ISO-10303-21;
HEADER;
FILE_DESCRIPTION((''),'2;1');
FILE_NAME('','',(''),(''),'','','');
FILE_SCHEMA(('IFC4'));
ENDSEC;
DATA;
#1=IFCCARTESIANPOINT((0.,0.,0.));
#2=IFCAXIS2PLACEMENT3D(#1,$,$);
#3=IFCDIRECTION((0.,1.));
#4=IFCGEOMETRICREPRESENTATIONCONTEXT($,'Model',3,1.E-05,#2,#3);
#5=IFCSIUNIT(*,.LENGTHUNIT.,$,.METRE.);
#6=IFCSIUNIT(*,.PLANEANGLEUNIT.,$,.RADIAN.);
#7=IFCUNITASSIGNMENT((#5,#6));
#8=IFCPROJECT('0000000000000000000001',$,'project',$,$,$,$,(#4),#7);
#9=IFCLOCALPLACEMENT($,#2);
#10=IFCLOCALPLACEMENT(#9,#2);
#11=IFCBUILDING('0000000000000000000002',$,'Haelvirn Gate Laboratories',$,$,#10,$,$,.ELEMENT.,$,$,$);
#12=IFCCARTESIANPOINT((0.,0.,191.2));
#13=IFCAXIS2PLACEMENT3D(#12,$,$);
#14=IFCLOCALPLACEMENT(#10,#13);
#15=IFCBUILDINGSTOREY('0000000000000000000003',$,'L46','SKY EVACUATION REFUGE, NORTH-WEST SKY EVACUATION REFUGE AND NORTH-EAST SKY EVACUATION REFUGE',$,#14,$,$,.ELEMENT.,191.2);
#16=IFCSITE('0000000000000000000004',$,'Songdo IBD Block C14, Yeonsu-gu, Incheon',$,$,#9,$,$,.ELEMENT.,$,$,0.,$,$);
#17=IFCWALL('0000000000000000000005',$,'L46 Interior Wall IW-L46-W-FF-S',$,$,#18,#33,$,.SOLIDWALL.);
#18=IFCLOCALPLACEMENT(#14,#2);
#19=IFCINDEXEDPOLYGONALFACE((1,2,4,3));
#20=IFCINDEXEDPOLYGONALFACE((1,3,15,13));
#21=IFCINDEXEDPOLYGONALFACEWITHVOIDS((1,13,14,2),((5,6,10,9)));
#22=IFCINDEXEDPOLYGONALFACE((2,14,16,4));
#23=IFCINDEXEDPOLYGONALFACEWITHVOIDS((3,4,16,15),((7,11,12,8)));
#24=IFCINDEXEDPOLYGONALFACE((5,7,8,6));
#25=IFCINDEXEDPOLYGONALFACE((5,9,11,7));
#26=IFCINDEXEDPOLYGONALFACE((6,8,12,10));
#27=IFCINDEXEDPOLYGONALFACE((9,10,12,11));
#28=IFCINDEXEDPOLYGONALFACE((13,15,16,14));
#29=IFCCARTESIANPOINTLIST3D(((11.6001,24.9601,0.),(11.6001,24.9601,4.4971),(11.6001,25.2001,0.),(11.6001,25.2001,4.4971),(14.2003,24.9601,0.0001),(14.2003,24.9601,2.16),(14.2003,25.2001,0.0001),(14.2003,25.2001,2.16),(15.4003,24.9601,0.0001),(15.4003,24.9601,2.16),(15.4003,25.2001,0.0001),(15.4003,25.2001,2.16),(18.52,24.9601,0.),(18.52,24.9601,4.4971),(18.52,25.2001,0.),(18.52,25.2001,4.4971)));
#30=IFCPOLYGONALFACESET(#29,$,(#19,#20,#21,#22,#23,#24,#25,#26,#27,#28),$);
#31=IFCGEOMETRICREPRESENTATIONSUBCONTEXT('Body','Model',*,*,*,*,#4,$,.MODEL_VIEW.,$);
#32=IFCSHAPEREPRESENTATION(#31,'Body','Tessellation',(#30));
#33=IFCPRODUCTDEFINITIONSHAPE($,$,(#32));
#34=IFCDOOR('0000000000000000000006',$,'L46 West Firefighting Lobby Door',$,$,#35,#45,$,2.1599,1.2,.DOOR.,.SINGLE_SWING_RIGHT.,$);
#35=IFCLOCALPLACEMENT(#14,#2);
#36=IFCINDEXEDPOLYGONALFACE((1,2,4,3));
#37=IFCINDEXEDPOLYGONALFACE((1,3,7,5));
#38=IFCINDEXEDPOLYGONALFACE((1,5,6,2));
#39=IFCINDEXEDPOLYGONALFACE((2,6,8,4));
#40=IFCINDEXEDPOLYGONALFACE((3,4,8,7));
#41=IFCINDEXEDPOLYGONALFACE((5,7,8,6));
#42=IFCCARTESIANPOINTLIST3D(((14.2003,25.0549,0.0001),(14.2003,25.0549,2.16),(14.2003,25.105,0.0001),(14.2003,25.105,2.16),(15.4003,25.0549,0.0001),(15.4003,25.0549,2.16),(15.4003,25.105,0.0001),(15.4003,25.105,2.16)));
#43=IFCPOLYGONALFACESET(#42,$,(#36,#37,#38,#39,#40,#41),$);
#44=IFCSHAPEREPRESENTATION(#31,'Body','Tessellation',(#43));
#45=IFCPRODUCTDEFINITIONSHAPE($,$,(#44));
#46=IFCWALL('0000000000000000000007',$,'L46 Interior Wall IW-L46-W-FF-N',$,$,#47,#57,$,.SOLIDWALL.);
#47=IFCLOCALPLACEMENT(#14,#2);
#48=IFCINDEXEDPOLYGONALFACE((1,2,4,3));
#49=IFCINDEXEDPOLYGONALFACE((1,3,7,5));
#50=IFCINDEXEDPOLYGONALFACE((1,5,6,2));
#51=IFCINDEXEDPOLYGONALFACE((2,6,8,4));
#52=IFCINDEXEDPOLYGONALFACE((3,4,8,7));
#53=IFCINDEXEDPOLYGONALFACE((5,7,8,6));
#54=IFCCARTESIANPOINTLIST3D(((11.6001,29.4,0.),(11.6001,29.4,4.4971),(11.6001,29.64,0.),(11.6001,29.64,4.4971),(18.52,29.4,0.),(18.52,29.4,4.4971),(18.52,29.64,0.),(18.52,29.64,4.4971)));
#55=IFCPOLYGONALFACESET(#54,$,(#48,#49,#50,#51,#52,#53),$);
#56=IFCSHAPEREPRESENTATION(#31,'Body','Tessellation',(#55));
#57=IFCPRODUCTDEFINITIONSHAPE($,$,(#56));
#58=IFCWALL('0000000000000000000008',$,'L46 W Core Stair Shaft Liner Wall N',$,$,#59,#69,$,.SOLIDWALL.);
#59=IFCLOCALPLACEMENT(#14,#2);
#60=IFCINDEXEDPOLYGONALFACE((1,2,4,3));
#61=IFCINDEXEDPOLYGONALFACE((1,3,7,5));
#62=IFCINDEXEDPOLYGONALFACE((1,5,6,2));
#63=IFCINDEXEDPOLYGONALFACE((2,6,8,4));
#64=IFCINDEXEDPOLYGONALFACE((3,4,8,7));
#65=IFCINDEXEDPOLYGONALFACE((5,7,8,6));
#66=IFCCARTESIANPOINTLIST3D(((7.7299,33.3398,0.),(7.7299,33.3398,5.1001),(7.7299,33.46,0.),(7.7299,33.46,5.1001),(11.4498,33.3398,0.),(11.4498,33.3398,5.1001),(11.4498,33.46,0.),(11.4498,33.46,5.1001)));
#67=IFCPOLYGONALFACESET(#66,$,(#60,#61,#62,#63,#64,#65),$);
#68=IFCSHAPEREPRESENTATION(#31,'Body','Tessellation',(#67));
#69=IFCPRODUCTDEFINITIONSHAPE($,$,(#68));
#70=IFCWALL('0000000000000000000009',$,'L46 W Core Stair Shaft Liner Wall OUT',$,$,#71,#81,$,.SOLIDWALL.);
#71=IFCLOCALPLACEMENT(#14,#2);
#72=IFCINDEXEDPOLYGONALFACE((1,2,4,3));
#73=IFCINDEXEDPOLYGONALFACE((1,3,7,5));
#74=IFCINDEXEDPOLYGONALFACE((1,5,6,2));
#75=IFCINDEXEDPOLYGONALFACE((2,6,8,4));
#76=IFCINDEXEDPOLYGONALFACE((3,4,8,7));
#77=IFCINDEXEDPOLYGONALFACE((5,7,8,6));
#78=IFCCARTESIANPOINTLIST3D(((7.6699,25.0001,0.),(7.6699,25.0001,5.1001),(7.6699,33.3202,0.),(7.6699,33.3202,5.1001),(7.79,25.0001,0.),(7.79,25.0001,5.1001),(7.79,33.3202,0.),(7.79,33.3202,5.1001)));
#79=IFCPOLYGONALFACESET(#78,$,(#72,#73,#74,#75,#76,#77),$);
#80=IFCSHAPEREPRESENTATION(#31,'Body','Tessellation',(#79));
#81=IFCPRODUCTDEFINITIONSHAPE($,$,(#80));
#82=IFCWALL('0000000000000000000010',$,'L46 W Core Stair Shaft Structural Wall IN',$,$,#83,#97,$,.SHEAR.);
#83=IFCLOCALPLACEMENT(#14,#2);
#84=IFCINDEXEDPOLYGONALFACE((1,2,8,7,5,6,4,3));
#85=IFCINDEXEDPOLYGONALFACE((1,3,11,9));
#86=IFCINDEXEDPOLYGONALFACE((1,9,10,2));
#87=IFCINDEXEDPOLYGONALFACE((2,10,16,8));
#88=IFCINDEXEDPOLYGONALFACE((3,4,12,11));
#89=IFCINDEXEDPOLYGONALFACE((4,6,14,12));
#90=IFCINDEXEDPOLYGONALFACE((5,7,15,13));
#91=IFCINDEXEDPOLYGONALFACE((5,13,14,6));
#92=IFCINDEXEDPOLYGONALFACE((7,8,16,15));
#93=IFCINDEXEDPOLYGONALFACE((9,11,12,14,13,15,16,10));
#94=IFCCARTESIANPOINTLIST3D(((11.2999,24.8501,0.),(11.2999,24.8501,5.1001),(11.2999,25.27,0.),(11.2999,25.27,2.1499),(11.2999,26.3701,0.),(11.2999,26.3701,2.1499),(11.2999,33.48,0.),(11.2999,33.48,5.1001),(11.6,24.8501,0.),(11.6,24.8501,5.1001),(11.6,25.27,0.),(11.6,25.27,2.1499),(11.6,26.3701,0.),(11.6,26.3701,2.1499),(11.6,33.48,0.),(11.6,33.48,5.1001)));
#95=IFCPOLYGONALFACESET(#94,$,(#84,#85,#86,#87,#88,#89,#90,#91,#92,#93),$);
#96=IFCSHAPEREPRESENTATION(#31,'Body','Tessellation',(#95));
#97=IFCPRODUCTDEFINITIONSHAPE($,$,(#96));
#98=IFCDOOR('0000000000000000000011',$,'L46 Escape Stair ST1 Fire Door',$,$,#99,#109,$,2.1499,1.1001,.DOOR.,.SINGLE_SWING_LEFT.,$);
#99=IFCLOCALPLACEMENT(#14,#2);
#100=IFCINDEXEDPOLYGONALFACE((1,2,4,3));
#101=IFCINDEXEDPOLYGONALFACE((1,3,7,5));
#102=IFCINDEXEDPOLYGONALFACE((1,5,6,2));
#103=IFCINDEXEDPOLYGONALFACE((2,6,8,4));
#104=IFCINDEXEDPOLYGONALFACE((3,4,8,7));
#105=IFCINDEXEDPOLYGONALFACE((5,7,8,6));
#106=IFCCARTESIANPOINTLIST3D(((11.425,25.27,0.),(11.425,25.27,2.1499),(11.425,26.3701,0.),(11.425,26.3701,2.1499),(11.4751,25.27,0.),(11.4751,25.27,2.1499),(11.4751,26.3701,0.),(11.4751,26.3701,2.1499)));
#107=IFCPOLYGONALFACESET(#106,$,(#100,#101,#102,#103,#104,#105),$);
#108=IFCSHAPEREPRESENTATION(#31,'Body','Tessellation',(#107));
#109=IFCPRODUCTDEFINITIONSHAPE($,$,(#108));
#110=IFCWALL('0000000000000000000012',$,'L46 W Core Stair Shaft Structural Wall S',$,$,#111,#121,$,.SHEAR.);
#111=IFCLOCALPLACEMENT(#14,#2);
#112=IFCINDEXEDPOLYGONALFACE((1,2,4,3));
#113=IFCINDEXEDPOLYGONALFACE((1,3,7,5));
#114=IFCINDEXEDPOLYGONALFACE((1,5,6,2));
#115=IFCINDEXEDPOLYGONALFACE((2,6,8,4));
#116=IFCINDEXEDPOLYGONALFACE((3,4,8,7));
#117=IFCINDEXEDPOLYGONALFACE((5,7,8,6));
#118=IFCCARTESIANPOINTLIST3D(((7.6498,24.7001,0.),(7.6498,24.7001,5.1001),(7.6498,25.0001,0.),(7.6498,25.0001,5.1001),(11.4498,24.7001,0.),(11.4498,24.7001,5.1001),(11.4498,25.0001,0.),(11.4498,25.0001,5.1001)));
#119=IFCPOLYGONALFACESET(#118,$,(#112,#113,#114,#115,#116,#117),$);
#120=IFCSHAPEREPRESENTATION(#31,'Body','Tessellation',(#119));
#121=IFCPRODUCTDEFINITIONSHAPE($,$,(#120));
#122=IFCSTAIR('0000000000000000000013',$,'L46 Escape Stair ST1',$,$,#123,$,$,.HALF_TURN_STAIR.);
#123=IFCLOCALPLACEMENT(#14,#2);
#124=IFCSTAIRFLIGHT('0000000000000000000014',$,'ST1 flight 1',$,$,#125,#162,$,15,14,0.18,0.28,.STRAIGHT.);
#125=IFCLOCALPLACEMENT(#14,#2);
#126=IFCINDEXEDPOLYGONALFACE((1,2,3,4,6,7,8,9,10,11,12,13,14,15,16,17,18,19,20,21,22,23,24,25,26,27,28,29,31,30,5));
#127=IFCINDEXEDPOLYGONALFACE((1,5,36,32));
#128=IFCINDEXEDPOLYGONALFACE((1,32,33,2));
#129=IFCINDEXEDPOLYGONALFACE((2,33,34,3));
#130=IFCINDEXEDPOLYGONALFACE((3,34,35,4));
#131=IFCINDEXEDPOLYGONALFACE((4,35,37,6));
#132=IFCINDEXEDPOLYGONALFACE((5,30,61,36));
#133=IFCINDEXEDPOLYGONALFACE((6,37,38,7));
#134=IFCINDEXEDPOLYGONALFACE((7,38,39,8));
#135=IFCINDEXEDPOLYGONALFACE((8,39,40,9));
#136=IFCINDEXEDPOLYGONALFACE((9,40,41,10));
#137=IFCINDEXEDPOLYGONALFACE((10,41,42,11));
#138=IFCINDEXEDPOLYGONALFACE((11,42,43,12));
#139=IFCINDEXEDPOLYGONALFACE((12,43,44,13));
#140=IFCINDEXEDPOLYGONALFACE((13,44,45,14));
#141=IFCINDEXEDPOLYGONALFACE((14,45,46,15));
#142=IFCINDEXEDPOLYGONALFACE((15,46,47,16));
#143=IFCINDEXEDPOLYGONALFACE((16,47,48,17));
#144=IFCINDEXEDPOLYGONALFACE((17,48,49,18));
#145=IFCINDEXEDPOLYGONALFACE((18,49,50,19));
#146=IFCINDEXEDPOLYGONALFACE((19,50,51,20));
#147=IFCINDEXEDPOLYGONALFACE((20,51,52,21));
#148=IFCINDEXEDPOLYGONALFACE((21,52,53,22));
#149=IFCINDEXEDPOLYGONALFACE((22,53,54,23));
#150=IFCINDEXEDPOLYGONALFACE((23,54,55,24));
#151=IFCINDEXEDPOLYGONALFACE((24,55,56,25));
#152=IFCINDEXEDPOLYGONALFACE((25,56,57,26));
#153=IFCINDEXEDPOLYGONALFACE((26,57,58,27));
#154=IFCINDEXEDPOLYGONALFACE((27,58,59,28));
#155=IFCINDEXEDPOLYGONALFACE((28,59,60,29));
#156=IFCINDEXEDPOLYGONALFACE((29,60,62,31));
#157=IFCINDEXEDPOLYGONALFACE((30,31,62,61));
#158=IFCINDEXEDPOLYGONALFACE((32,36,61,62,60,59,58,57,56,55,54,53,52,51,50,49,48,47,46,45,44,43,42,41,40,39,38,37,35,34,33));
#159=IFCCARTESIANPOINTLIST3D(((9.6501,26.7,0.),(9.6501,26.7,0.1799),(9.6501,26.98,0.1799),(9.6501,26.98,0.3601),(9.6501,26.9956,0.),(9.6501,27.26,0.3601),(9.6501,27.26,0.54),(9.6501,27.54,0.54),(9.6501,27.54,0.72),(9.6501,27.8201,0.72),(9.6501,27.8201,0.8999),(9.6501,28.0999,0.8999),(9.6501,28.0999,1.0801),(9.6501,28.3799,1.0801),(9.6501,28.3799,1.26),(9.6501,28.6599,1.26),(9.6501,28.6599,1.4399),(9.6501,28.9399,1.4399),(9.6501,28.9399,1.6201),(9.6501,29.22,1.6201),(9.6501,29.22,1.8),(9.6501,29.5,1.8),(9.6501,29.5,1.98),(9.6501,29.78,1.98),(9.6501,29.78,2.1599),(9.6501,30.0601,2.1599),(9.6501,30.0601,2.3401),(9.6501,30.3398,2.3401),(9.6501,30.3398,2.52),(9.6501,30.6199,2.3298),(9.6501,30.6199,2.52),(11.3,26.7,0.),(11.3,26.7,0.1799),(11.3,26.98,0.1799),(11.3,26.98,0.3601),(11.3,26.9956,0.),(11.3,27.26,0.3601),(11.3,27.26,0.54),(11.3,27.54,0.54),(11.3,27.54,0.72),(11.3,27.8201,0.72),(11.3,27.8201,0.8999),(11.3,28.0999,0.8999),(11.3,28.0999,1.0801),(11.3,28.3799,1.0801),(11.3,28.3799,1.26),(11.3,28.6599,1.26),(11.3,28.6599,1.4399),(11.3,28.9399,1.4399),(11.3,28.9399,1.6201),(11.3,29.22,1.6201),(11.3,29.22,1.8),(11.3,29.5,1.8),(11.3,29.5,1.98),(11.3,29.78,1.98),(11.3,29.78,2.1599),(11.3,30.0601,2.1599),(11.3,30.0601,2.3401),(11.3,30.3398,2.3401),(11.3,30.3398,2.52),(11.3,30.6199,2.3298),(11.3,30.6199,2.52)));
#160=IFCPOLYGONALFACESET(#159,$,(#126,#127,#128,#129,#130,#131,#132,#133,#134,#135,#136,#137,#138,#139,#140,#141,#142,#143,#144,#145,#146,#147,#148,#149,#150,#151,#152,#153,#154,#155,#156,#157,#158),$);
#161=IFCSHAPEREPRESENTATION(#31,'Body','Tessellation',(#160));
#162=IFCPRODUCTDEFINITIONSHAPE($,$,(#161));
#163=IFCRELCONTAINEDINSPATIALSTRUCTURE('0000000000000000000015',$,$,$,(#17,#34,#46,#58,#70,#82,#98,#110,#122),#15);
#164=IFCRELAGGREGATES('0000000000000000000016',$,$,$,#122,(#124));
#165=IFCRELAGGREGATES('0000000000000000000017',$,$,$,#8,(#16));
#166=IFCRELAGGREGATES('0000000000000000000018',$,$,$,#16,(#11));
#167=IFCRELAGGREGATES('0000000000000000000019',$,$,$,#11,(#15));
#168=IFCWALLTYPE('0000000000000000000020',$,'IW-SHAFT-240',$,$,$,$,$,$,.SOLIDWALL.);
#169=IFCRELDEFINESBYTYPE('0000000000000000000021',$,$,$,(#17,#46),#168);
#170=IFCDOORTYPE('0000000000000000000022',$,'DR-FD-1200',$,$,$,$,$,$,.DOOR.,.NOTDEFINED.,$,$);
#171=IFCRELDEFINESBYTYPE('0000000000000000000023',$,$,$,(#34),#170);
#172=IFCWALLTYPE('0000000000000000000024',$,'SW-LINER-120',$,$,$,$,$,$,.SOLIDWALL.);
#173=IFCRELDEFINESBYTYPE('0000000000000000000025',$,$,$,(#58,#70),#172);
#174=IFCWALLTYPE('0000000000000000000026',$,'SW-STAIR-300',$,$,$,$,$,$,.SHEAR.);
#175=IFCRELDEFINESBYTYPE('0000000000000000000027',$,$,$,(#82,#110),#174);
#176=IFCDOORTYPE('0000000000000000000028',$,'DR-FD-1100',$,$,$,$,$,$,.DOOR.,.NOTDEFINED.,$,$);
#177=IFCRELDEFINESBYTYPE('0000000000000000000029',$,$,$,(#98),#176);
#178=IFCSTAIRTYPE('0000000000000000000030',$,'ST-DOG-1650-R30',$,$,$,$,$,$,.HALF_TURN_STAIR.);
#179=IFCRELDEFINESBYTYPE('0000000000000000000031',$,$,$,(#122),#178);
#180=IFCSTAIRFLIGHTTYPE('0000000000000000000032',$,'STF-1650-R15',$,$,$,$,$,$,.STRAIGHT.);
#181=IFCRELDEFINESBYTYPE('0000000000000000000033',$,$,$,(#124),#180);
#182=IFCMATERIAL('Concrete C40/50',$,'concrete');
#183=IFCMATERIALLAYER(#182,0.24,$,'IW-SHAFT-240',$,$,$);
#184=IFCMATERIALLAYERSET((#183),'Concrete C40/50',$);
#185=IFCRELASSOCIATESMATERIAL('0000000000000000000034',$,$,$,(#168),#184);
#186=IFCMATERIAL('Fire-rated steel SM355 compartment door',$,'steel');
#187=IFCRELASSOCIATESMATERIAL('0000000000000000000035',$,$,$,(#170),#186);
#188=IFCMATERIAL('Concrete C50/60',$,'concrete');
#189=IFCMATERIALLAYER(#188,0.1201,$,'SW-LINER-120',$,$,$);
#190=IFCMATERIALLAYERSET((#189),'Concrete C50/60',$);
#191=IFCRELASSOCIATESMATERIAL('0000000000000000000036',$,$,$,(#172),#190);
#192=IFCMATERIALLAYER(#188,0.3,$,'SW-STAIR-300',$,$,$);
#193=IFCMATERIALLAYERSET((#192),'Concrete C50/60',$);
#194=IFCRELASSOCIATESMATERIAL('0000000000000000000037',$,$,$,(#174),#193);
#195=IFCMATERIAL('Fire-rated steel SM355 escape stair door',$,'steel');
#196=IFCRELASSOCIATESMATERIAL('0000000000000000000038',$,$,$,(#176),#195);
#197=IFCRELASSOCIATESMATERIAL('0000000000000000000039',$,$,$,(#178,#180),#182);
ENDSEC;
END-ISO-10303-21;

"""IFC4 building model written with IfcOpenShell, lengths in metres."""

from ifc_helpers import new_model, si_unit, direction, frame, frame_2d, origin, place, context, subcontext, project, spatial, polyline, rectangle, outline, extrude, source, transform, mapped, material, layer, layer_set, type_object, type_shapes, element, fill, aggregate, save


model = new_model("IFC4")

# Units and contexts
model_context = context("Model", 3, precision=1e-05, world=origin(), true_north=direction((0.0, 1.0)))
body_context = subcontext(model_context, "Body", "Model", "MODEL_VIEW")
ifc_project = project(units=[si_unit("LENGTHUNIT", "METRE"), si_unit("PLANEANGLEUNIT", "RADIAN")], contexts=[model_context])

# Site, building, storey
site_placement = place(None, origin())
site = spatial("IfcSite", under=ifc_project, at=site_placement, Name="Songdo IBD Block C14, Yeonsu-gu, Incheon", CompositionType="ELEMENT", RefElevation=0.0)
building_placement = place(site_placement, origin())
building = spatial("IfcBuilding", under=site, at=building_placement, Name="Haelvirn Gate Laboratories", CompositionType="ELEMENT")
storey_placement = place(building_placement, frame((0.0, 0.0, 191.2)))
storey = spatial("IfcBuildingStorey", under=building, at=storey_placement, Name="L46", Description="SKY EVACUATION REFUGE, NORTH-WEST SKY EVACUATION REFUGE AND NORTH-EAST SKY EVACUATION REFUGE", CompositionType="ELEMENT", Elevation=191.2)

# Shared definitions
ifc_material_1 = material(Name="Concrete C50/60", Category="concrete")

# Shared definitions
ifc_material_2 = material(Name="Concrete C40/50", Category="concrete")

# Wall, opening, door
ifc_layer_1 = layer(ifc_material_2, 0.24, Name="IW-SHAFT-240")
ifc_layer_set_1 = layer_set([ifc_layer_1], Name="Concrete C40/50")
wall_type_1 = type_object("IfcWallType", Name="IW-SHAFT-240", PredefinedType="SOLIDWALL", material=ifc_layer_set_1)
wall_1_placement = place(storey_placement, frame((11.6001, 25.0801, 0.0), z_axis=(0.0, 0.0, 1.0), x_axis=(1.0, 0.0, 0.0)))
wall_1 = element("IfcWall", 1, at=wall_1_placement, inside=storey, type_object=wall_type_1, Name="L46 Interior Wall IW-L46-W-FF-S", PredefinedType="SOLIDWALL", context=body_context, shape_type="SweptSolid", body=[
    extrude(rectangle(XDim=6.9199, YDim=0.24, at=frame_2d((3.46, 0.0))), origin(), (0.0, 0.0, 1.0), 4.4971),
])
opening_1_placement = place(wall_1_placement, frame((2.6001, 0.0, 0.0)))
opening_1 = element("IfcOpeningElement", 2, at=opening_1_placement, cuts=wall_1, PredefinedType="OPENING", context=body_context, shape_type="SweptSolid", body=[
    extrude(rectangle(XDim=1.2, YDim=2.1599, at=frame_2d((0.6001, 1.0801))), frame((0.0, 0.1299, 0.0), z_axis=(0.0, -1.0, 0.0), x_axis=(1.0, 0.0, 0.0)), (0.0, 0.0, 1.0), 0.26),
])
ifc_material_3 = material(Name="Fire-rated steel SM355 compartment door", Category="steel")
door_type_1 = type_object("IfcDoorType", Name="DR-FD-1200", OperationType="NOTDEFINED", PredefinedType="DOOR", material=ifc_material_3)
shared_shape_1 = source(origin(), body_context, "Body", "SweptSolid", [
    extrude(rectangle(XDim=1.2, YDim=2.1599, at=frame_2d((0.6001, 1.0801))), frame((0.0, 0.0249, 0.0), z_axis=(0.0, -1.0, 0.0), x_axis=(1.0, 0.0, 0.0)), (0.0, 0.0, 1.0), 0.05),
])
type_shapes(door_type_1, [shared_shape_1])
door_1_placement = place(opening_1_placement, origin())
door_1 = element("IfcDoor", 3, at=door_1_placement, inside=storey, type_object=door_type_1, Name="L46 West Firefighting Lobby Door", OperationType="SINGLE_SWING_RIGHT", OverallHeight=2.1599, OverallWidth=1.2, PredefinedType="DOOR", context=body_context, shape_type="MappedRepresentation", body=[
    mapped(shared_shape_1, transform((0.0, 0.0, 0.0), scale=1.0)),
])
fill(opening_1, door_1)

# Wall
wall_2_placement = place(storey_placement, frame((11.6001, 29.52, 0.0), z_axis=(0.0, 0.0, 1.0), x_axis=(1.0, 0.0, 0.0)))
element("IfcWall", 4, at=wall_2_placement, inside=storey, type_object=wall_type_1, Name="L46 Interior Wall IW-L46-W-FF-N", PredefinedType="SOLIDWALL", context=body_context, shape_type="SweptSolid", body=[
    extrude(rectangle(XDim=6.9199, YDim=0.24, at=frame_2d((3.46, 0.0))), origin(), (0.0, 0.0, 1.0), 4.4971),
])

# Walls
ifc_layer_2 = layer(ifc_material_1, 0.1201, Name="SW-LINER-120")
ifc_layer_set_2 = layer_set([ifc_layer_2], Name="Concrete C50/60")
wall_type_2 = type_object("IfcWallType", Name="SW-LINER-120", PredefinedType="SOLIDWALL", material=ifc_layer_set_2)
wall_3_placement = place(storey_placement, frame((7.73, 33.3999, 0.0), z_axis=(0.0, 0.0, 1.0), x_axis=(1.0, 0.0, 0.0)))
element("IfcWall", 5, at=wall_3_placement, inside=storey, type_object=wall_type_2, Name="L46 W Core Stair Shaft Liner Wall N", PredefinedType="SOLIDWALL", context=body_context, shape_type="SweptSolid", body=[
    extrude(rectangle(XDim=3.72, YDim=0.1201, at=frame_2d((1.8599, 0.0))), origin(), (0.0, 0.0, 1.0), 5.1001),
])
wall_4_placement = place(storey_placement, frame((7.73, 25.0, 0.0), z_axis=(0.0, 0.0, 1.0), x_axis=(0.0, 1.0, 0.0)))
element("IfcWall", 6, at=wall_4_placement, inside=storey, type_object=wall_type_2, Name="L46 W Core Stair Shaft Liner Wall OUT", PredefinedType="SOLIDWALL", context=body_context, shape_type="SweptSolid", body=[
    extrude(rectangle(XDim=8.3201, YDim=0.1201, at=frame_2d((4.1602, 0.0))), origin(), (0.0, 0.0, 1.0), 5.1001),
])

# Wall, opening, door
ifc_layer_3 = layer(ifc_material_1, 0.3, Name="SW-STAIR-300")
ifc_layer_set_3 = layer_set([ifc_layer_3], Name="Concrete C50/60")
wall_type_3 = type_object("IfcWallType", Name="SW-STAIR-300", PredefinedType="SHEAR", material=ifc_layer_set_3)
wall_5_placement = place(storey_placement, frame((11.45, 24.8501, 0.0), z_axis=(0.0, 0.0, 1.0), x_axis=(0.0, 1.0, 0.0)))
wall_5 = element("IfcWall", 7, at=wall_5_placement, inside=storey, type_object=wall_type_3, Name="L46 W Core Stair Shaft Structural Wall IN", PredefinedType="SHEAR", context=body_context, shape_type="SweptSolid", body=[
    extrude(rectangle(XDim=8.6299, YDim=0.3, at=frame_2d((4.3149, 0.0))), origin(), (0.0, 0.0, 1.0), 5.1001),
])
opening_2_placement = place(wall_5_placement, frame((0.4199, 0.0, 0.0)))
opening_2 = element("IfcOpeningElement", 8, at=opening_2_placement, cuts=wall_5, PredefinedType="OPENING", context=body_context, shape_type="SweptSolid", body=[
    extrude(rectangle(XDim=1.1001, YDim=2.1499, at=frame_2d((0.55, 1.075))), frame((0.0, 0.1602, 0.0), z_axis=(0.0, -1.0, 0.0), x_axis=(1.0, 0.0, 0.0)), (0.0, 0.0, 1.0), 0.3201),
])
ifc_material_4 = material(Name="Fire-rated steel SM355 escape stair door", Category="steel")
door_type_2 = type_object("IfcDoorType", Name="DR-FD-1100", OperationType="NOTDEFINED", PredefinedType="DOOR", material=ifc_material_4)
shared_shape_2 = source(origin(), body_context, "Body", "SweptSolid", [
    extrude(rectangle(XDim=1.1001, YDim=2.1499, at=frame_2d((0.55, 1.075))), frame((0.0, 0.0249, 0.0), z_axis=(0.0, -1.0, 0.0), x_axis=(1.0, 0.0, 0.0)), (0.0, 0.0, 1.0), 0.05),
])
type_shapes(door_type_2, [shared_shape_2])
door_2_placement = place(opening_2_placement, origin())
door_2 = element("IfcDoor", 9, at=door_2_placement, inside=storey, type_object=door_type_2, Name="L46 Escape Stair ST1 Fire Door", OperationType="SINGLE_SWING_LEFT", OverallHeight=2.1499, OverallWidth=1.1001, PredefinedType="DOOR", context=body_context, shape_type="MappedRepresentation", body=[
    mapped(shared_shape_2, transform((0.0, 0.0, 0.0), scale=1.0)),
])
fill(opening_2, door_2)

# Wall
wall_6_placement = place(storey_placement, frame((7.6499, 24.8501, 0.0), z_axis=(0.0, 0.0, 1.0), x_axis=(1.0, 0.0, 0.0)))
element("IfcWall", 10, at=wall_6_placement, inside=storey, type_object=wall_type_3, Name="L46 W Core Stair Shaft Structural Wall S", PredefinedType="SHEAR", context=body_context, shape_type="SweptSolid", body=[
    extrude(rectangle(XDim=3.8, YDim=0.3, at=frame_2d((1.8999, 0.0))), origin(), (0.0, 0.0, 1.0), 5.1001),
])

# Stair, stair flight
stair_type = type_object("IfcStairType", Name="ST-DOG-1650-R30", PredefinedType="HALF_TURN_STAIR", material=ifc_material_2)
stair_placement = place(storey_placement, origin())
stair = element("IfcStair", 11, at=stair_placement, inside=storey, type_object=stair_type, Name="L46 Escape Stair ST1", PredefinedType="HALF_TURN_STAIR")
stair_flight_type = type_object("IfcStairFlightType", Name="STF-1650-R15", PredefinedType="STRAIGHT", material=ifc_material_2)
shared_shape_3 = source(origin(), body_context, "Body", "SweptSolid", [
    extrude(outline(polyline([(0.0, 0.0), (0.0, 0.1799), (0.28, 0.1799), (0.28, 0.3601), (0.5601, 0.3601), (0.5601, 0.54), (0.8401, 0.54), (0.8401, 0.72), (1.1201, 0.72), (1.1201, 0.8999), (1.3999, 0.8999), (1.3999, 1.0801), (1.6799, 1.0801), (1.6799, 1.26), (1.96, 1.26), (1.96, 1.4399), (2.24, 1.4399), (2.24, 1.6201), (2.52, 1.6201), (2.52, 1.8), (2.8, 1.8), (2.8, 1.98), (3.0801, 1.98), (3.0801, 2.1599), (3.3601, 2.1599), (3.3601, 2.3401), (3.6399, 2.3401), (3.6399, 2.52), (3.9199, 2.52), (3.9199, 2.7), (3.9199, 2.3298), (0.2957, 0.0), (0.0, 0.0)])), frame((0.0, 0.825, 0.0), z_axis=(0.0, -1.0, 0.0), x_axis=(1.0, 0.0, 0.0)), (0.0, 0.0, 1.0), 1.6499),
])
type_shapes(stair_flight_type, [shared_shape_3])
stair_flight_1_placement = place(storey_placement, frame((10.4751, 26.7, 0.0), z_axis=(0.0, 0.0, 1.0), x_axis=(0.0, 1.0, 0.0)))
stair_flight_1 = element("IfcStairFlight", 12, at=stair_flight_1_placement, type_object=stair_flight_type, Name="ST1 flight 1", NumberOfRisers=15, NumberOfTreads=14, PredefinedType="STRAIGHT", RiserHeight=0.18, TreadLength=0.28, context=body_context, shape_type="MappedRepresentation", body=[
    mapped(shared_shape_3, transform((0.0, 0.0, 0.0), scale=1.0)),
])
aggregate(stair, [stair_flight_1])

save(model, "model.ifc")
